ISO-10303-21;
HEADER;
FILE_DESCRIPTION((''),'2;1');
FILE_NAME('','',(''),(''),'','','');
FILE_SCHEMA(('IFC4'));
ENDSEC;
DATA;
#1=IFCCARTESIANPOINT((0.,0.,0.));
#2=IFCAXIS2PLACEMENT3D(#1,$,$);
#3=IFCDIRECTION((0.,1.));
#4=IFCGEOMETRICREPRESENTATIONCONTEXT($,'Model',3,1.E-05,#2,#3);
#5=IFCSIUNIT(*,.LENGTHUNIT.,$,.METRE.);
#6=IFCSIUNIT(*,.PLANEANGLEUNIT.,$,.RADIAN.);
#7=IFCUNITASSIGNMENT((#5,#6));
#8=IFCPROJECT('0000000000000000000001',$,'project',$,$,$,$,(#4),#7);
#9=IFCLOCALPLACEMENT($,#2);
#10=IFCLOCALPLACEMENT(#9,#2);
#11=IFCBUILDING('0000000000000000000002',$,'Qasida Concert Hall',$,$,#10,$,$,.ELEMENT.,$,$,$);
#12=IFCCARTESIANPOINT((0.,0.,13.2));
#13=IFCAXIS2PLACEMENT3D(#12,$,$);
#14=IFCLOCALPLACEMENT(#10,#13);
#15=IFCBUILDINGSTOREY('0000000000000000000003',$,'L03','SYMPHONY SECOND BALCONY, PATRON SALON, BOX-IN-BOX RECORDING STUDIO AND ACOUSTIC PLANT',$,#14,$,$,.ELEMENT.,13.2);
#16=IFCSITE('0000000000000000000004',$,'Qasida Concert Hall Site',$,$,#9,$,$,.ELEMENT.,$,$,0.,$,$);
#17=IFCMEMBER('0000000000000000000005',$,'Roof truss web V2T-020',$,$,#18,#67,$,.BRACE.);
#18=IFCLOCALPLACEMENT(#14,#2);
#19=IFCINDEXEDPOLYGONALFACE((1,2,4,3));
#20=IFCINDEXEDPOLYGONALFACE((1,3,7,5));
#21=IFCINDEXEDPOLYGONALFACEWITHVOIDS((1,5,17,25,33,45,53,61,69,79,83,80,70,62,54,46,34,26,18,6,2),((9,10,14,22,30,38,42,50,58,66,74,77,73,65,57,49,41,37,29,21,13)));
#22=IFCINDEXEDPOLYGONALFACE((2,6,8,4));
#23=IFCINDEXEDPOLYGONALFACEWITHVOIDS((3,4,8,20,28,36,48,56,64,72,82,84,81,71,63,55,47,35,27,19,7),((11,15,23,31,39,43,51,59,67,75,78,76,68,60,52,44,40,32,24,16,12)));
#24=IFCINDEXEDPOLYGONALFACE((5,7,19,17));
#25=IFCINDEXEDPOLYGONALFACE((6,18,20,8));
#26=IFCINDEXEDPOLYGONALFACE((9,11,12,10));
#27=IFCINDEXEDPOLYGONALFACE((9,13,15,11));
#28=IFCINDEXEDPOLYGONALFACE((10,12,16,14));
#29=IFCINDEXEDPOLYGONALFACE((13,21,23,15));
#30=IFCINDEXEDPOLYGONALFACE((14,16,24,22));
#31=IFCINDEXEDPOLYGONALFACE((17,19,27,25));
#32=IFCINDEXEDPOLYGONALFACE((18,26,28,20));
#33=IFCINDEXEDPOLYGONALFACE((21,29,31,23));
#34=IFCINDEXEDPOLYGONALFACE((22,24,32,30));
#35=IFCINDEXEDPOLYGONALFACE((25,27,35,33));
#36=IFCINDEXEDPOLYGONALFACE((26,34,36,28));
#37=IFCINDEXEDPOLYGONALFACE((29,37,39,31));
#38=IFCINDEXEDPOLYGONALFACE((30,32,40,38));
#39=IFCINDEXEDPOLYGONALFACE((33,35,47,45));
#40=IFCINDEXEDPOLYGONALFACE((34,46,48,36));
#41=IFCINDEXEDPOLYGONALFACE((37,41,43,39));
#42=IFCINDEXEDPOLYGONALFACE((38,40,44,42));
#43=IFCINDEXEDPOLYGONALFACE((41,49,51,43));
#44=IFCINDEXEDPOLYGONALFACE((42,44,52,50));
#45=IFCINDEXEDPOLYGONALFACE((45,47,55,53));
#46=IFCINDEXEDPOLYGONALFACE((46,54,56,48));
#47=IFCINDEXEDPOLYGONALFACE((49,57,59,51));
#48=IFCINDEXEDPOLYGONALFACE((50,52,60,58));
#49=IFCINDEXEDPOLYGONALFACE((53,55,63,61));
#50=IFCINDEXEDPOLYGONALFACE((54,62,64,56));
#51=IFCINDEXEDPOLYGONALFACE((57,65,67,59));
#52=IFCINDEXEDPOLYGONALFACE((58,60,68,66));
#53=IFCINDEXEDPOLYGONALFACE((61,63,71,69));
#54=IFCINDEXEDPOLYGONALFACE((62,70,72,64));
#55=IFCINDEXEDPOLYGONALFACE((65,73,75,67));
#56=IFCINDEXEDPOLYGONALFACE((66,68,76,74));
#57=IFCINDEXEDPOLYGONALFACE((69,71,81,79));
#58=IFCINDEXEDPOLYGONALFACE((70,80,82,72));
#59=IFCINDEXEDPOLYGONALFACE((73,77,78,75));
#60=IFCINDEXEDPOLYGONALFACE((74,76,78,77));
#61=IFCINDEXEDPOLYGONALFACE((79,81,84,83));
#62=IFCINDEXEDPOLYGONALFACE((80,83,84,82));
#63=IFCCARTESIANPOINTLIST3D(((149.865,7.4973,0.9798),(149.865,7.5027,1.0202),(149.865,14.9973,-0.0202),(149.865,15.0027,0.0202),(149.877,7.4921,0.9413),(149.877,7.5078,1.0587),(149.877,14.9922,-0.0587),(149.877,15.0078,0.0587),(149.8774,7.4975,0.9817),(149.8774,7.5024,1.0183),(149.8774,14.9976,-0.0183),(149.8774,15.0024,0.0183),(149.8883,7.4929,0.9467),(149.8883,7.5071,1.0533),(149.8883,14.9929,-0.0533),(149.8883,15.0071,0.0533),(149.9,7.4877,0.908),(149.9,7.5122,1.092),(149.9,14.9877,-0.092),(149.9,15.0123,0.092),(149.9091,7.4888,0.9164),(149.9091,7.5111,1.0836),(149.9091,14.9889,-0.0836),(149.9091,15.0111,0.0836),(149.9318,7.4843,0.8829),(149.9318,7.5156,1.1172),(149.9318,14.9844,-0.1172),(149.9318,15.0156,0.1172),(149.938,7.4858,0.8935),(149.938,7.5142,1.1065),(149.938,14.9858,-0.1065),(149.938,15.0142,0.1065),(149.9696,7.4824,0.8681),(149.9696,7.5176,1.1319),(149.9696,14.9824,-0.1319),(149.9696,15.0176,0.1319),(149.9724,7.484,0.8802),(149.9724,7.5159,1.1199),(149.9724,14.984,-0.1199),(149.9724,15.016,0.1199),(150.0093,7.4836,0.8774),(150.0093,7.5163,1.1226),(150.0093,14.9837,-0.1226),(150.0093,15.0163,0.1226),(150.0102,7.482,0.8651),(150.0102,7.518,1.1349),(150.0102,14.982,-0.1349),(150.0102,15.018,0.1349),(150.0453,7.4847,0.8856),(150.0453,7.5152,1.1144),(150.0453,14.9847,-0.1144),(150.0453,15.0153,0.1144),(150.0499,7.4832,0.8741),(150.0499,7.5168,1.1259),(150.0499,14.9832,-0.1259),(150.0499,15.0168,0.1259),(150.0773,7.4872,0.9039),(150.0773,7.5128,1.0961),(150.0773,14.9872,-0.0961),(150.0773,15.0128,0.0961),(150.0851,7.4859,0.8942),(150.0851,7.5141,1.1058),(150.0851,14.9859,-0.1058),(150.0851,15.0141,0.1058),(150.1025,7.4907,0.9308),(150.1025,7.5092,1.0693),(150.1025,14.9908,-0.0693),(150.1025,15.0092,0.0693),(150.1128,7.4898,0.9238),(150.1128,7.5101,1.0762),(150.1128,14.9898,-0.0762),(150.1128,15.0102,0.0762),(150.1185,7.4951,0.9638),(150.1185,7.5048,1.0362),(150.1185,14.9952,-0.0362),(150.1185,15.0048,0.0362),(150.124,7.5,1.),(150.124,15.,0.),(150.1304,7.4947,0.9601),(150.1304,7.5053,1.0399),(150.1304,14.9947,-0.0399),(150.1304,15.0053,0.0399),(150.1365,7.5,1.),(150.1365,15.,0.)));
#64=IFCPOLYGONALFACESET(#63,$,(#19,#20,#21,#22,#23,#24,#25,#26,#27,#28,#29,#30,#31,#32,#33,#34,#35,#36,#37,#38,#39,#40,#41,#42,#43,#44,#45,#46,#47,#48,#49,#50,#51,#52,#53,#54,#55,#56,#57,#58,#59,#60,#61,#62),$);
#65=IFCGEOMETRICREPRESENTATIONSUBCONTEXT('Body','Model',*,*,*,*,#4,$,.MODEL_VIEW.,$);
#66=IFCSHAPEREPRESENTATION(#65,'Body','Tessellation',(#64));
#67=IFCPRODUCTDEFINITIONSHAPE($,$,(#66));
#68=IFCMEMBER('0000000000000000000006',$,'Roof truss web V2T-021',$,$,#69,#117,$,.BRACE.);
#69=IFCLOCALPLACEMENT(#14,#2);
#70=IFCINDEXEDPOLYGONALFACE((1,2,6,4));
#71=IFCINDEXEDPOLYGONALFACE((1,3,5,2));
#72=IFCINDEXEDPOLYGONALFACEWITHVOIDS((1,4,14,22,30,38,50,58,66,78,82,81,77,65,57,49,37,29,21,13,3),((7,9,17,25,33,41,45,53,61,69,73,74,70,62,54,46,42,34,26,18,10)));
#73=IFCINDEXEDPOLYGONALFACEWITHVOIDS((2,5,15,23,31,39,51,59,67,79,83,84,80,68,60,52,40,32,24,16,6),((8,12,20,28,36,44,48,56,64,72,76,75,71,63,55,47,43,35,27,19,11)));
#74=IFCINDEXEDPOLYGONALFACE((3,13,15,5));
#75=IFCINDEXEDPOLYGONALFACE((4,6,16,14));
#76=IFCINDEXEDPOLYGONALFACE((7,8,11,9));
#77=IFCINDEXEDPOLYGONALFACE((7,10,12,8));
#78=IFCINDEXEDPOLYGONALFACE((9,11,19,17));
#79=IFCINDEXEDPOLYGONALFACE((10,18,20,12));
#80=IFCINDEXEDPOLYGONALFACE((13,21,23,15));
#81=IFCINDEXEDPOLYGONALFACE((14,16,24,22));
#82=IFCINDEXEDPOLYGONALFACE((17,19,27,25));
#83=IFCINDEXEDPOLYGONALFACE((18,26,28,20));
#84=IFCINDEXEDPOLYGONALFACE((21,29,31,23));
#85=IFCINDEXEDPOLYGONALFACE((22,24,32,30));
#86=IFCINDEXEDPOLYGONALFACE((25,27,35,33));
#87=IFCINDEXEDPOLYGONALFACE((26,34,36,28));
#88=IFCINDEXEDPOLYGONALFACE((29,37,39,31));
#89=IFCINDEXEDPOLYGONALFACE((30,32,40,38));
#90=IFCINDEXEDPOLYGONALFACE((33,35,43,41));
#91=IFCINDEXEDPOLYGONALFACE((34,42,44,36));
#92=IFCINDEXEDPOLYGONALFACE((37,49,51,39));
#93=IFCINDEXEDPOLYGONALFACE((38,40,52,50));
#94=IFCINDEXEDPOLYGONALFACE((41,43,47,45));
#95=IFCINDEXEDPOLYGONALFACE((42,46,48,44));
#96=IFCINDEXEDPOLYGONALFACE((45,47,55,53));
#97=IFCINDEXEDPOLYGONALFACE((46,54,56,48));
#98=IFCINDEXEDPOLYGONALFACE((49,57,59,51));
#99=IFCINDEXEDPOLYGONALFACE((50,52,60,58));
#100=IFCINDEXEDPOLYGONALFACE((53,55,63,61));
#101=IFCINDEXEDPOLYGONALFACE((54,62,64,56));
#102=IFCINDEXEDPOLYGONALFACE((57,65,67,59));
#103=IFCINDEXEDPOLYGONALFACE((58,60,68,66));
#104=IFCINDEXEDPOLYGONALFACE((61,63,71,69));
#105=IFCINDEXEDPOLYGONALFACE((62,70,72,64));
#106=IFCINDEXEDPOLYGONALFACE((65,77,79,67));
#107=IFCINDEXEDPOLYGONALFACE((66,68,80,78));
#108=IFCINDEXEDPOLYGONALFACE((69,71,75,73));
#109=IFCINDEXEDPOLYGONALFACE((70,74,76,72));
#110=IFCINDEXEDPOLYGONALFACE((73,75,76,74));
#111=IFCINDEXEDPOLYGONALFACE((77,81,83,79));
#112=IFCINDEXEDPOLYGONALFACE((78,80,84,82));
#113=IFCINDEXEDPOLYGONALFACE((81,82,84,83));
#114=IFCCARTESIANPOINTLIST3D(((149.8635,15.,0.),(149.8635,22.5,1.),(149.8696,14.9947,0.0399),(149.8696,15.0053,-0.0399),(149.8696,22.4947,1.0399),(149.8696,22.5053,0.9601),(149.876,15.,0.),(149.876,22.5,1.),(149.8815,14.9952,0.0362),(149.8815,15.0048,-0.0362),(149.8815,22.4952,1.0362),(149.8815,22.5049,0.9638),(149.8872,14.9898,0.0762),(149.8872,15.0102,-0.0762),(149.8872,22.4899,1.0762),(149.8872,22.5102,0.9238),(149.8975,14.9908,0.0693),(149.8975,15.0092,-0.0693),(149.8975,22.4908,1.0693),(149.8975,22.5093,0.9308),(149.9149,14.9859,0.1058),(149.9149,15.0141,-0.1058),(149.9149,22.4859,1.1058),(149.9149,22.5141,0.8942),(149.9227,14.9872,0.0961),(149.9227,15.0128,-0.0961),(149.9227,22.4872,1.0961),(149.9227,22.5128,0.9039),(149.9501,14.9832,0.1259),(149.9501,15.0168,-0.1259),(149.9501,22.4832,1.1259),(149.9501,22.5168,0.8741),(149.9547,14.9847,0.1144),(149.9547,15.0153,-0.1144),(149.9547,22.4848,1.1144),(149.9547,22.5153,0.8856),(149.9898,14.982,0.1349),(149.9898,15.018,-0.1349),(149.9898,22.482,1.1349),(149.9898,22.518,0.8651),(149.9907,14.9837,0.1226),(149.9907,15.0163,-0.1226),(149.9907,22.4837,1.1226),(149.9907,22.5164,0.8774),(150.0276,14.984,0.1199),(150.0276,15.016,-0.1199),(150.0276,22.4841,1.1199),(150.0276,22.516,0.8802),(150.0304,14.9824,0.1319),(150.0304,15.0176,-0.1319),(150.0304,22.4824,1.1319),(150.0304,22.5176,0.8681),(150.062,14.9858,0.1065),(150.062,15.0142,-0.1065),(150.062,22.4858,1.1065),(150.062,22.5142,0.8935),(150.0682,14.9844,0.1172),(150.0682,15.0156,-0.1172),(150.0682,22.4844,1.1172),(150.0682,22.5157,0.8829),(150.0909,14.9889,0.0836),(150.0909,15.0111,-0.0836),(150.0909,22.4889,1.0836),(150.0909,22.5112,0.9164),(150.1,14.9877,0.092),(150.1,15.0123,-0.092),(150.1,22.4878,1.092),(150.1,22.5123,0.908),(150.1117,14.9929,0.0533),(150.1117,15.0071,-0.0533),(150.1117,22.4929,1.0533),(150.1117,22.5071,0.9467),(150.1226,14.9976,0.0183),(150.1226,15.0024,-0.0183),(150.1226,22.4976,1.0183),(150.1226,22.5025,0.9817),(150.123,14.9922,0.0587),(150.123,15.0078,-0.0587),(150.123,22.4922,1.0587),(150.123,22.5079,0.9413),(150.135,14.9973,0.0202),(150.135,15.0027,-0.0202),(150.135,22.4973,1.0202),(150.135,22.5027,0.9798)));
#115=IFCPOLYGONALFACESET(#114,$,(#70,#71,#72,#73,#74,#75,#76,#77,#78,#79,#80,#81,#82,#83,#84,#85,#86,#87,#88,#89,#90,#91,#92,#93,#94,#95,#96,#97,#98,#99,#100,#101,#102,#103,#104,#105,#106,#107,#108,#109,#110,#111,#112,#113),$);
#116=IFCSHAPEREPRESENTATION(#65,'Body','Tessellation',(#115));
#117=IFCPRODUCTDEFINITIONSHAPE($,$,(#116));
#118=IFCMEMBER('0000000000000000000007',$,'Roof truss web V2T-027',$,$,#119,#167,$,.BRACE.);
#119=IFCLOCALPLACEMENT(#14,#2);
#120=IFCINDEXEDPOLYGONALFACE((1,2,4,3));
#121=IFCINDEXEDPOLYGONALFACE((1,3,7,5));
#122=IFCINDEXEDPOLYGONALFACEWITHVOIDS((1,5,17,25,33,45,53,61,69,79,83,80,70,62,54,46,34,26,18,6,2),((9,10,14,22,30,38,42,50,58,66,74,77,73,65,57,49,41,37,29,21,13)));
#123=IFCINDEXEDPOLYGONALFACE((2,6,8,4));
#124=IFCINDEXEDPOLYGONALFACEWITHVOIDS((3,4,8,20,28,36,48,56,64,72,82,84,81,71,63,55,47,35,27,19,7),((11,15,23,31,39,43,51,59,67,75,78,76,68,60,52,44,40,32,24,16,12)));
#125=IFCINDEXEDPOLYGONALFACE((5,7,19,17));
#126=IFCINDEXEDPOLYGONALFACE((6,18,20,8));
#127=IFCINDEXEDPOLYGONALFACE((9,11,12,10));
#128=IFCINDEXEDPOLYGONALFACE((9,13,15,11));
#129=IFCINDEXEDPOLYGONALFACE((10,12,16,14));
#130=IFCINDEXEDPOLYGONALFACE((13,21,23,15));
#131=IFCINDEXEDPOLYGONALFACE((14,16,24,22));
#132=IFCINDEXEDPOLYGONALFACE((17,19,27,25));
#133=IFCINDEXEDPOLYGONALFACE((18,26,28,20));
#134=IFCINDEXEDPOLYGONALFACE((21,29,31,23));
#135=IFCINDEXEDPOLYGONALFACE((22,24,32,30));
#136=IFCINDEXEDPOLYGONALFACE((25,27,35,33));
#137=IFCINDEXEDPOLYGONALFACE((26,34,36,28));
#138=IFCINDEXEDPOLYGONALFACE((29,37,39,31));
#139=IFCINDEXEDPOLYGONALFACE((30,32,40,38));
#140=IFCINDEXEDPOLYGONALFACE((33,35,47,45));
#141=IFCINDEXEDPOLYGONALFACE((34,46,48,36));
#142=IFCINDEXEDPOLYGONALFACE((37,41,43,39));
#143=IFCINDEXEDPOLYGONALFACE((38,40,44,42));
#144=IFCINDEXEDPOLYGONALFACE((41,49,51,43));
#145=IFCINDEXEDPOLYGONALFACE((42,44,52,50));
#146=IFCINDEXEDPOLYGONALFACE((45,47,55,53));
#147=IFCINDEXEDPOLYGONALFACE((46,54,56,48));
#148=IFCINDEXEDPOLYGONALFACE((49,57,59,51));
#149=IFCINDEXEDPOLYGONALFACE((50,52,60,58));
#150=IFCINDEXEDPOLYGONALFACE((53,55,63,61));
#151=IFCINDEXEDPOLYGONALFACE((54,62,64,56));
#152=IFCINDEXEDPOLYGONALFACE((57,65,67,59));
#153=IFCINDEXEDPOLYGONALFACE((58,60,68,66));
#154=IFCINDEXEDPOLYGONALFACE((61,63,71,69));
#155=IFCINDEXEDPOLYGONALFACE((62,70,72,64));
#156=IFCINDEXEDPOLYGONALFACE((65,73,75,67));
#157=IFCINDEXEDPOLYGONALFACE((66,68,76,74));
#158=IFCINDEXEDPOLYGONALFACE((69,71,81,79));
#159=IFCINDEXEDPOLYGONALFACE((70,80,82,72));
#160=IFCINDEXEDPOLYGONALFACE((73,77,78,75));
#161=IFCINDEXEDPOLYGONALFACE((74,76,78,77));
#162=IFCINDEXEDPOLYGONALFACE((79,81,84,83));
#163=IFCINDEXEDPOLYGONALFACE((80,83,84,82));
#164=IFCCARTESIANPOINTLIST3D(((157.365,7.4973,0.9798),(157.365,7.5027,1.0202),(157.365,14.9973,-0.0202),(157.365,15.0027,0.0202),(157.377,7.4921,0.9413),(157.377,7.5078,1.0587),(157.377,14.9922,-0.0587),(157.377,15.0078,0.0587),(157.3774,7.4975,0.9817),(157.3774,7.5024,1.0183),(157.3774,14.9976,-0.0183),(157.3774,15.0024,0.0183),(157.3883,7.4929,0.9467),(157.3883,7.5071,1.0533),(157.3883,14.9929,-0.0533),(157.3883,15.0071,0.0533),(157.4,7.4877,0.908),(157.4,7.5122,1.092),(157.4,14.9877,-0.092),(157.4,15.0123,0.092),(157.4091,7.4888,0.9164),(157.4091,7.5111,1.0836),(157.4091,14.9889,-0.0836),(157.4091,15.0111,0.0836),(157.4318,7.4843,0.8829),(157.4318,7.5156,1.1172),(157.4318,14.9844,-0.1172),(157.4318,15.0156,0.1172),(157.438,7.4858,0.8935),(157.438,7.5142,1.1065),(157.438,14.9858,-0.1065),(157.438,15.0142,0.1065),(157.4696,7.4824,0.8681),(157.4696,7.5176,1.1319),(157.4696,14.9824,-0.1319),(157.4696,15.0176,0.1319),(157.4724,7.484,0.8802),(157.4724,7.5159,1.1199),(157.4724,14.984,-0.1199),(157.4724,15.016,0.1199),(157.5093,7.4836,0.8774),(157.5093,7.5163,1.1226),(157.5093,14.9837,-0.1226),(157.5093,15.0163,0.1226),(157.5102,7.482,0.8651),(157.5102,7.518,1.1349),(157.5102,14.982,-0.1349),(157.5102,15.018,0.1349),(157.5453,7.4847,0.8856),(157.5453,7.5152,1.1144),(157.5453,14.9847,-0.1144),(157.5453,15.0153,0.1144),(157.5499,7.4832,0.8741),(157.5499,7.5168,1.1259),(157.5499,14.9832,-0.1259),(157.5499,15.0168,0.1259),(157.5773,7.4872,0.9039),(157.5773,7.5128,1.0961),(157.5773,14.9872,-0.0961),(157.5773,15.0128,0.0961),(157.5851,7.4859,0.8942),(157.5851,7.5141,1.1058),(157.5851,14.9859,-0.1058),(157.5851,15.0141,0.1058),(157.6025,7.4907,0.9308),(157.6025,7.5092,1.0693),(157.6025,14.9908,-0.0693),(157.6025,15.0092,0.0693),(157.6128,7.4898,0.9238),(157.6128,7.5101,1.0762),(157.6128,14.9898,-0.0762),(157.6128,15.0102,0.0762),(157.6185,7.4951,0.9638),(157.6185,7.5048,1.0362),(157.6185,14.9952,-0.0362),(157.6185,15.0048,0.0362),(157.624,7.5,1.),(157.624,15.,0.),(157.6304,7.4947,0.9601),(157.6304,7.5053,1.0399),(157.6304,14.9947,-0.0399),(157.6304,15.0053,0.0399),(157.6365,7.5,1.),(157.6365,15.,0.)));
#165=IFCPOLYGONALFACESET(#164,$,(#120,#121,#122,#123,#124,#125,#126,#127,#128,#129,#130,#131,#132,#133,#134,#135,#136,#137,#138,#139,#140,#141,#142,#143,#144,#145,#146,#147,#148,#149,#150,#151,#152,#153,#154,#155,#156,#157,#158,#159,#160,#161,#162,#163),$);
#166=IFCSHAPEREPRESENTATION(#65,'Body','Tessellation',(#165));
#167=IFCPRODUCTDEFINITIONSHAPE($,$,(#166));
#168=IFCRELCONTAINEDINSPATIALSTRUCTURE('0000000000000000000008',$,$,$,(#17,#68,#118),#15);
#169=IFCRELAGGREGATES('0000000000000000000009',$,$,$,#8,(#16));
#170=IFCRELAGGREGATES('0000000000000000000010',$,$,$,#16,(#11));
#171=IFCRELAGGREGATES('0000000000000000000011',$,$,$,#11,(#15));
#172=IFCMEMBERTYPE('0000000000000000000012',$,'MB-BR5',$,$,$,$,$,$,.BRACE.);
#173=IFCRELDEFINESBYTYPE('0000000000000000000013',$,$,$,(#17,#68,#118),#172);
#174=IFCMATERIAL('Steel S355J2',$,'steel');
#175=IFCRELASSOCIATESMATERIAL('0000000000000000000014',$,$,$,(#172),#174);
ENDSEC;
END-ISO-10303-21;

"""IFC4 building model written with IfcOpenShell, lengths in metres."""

from ifc_helpers import new_model, si_unit, direction, frame, origin, origin_2d, place, context, subcontext, project, spatial, hollow_circle, extrude, material, material_profile, profile_set, type_object, element, save


model = new_model("IFC4")

# Units and contexts
model_context = context("Model", 3, precision=1e-05, world=origin(), true_north=direction((0.0, 1.0)))
body_context = subcontext(model_context, "Body", "Model", "MODEL_VIEW")
ifc_project = project(units=[si_unit("LENGTHUNIT", "METRE"), si_unit("PLANEANGLEUNIT", "RADIAN")], contexts=[model_context])

# Site, building, storey
site_placement = place(None, origin())
site = spatial("IfcSite", under=ifc_project, at=site_placement, Name="Qasida Concert Hall Site", CompositionType="ELEMENT", RefElevation=0.0)
building_placement = place(site_placement, origin())
building = spatial("IfcBuilding", under=site, at=building_placement, Name="Qasida Concert Hall", CompositionType="ELEMENT")
storey_placement = place(building_placement, frame((0.0, 0.0, 13.2)))
storey = spatial("IfcBuildingStorey", under=building, at=storey_placement, Name="L03", Description="SYMPHONY SECOND BALCONY, PATRON SALON, BOX-IN-BOX RECORDING STUDIO AND ACOUSTIC PLANT", CompositionType="ELEMENT", Elevation=13.2)

# Members
ifc_material_1 = material(Name="Steel S355J2", Category="steel")
ifc_material_profile_1 = material_profile(ifc_material_1, hollow_circle(Radius=0.1365, WallThickness=0.0125, at=origin_2d()), Name="CHS 273x12.5")
ifc_profile_set_1 = profile_set([ifc_material_profile_1], Name="Steel S355J2")
member_type_1 = type_object("IfcMemberType", Name="MB-BR5", PredefinedType="BRACE", material=ifc_profile_set_1)
for number, where, z_axis, x_axis, name in (
    (1, (150.0, 15.0, 0.0), (0.0, -0.991228, 0.132164), (1.0, 0.0, 0.0), "Roof truss web V2T-020"),
    (2, (150.0, 15.0, 0.0), (0.0, 0.991228, 0.132164), (-1.0, 0.0, 0.0), "Roof truss web V2T-021"),
    (3, (157.5, 15.0, 0.0), (0.0, -0.991228, 0.132164), (1.0, 0.0, 0.0), "Roof truss web V2T-027"),
):
    element("IfcMember", number, at=place(storey_placement, frame(where, z_axis=z_axis, x_axis=x_axis)), inside=storey, type_object=member_type_1, Name=name, PredefinedType="BRACE", context=body_context, shape_type="SweptSolid", body=[
        extrude(hollow_circle(Radius=0.1365, WallThickness=0.0125, at=origin_2d()), origin(), (0.0, 0.0, 1.0), 7.5664),
    ])

save(model, "model.ifc")
